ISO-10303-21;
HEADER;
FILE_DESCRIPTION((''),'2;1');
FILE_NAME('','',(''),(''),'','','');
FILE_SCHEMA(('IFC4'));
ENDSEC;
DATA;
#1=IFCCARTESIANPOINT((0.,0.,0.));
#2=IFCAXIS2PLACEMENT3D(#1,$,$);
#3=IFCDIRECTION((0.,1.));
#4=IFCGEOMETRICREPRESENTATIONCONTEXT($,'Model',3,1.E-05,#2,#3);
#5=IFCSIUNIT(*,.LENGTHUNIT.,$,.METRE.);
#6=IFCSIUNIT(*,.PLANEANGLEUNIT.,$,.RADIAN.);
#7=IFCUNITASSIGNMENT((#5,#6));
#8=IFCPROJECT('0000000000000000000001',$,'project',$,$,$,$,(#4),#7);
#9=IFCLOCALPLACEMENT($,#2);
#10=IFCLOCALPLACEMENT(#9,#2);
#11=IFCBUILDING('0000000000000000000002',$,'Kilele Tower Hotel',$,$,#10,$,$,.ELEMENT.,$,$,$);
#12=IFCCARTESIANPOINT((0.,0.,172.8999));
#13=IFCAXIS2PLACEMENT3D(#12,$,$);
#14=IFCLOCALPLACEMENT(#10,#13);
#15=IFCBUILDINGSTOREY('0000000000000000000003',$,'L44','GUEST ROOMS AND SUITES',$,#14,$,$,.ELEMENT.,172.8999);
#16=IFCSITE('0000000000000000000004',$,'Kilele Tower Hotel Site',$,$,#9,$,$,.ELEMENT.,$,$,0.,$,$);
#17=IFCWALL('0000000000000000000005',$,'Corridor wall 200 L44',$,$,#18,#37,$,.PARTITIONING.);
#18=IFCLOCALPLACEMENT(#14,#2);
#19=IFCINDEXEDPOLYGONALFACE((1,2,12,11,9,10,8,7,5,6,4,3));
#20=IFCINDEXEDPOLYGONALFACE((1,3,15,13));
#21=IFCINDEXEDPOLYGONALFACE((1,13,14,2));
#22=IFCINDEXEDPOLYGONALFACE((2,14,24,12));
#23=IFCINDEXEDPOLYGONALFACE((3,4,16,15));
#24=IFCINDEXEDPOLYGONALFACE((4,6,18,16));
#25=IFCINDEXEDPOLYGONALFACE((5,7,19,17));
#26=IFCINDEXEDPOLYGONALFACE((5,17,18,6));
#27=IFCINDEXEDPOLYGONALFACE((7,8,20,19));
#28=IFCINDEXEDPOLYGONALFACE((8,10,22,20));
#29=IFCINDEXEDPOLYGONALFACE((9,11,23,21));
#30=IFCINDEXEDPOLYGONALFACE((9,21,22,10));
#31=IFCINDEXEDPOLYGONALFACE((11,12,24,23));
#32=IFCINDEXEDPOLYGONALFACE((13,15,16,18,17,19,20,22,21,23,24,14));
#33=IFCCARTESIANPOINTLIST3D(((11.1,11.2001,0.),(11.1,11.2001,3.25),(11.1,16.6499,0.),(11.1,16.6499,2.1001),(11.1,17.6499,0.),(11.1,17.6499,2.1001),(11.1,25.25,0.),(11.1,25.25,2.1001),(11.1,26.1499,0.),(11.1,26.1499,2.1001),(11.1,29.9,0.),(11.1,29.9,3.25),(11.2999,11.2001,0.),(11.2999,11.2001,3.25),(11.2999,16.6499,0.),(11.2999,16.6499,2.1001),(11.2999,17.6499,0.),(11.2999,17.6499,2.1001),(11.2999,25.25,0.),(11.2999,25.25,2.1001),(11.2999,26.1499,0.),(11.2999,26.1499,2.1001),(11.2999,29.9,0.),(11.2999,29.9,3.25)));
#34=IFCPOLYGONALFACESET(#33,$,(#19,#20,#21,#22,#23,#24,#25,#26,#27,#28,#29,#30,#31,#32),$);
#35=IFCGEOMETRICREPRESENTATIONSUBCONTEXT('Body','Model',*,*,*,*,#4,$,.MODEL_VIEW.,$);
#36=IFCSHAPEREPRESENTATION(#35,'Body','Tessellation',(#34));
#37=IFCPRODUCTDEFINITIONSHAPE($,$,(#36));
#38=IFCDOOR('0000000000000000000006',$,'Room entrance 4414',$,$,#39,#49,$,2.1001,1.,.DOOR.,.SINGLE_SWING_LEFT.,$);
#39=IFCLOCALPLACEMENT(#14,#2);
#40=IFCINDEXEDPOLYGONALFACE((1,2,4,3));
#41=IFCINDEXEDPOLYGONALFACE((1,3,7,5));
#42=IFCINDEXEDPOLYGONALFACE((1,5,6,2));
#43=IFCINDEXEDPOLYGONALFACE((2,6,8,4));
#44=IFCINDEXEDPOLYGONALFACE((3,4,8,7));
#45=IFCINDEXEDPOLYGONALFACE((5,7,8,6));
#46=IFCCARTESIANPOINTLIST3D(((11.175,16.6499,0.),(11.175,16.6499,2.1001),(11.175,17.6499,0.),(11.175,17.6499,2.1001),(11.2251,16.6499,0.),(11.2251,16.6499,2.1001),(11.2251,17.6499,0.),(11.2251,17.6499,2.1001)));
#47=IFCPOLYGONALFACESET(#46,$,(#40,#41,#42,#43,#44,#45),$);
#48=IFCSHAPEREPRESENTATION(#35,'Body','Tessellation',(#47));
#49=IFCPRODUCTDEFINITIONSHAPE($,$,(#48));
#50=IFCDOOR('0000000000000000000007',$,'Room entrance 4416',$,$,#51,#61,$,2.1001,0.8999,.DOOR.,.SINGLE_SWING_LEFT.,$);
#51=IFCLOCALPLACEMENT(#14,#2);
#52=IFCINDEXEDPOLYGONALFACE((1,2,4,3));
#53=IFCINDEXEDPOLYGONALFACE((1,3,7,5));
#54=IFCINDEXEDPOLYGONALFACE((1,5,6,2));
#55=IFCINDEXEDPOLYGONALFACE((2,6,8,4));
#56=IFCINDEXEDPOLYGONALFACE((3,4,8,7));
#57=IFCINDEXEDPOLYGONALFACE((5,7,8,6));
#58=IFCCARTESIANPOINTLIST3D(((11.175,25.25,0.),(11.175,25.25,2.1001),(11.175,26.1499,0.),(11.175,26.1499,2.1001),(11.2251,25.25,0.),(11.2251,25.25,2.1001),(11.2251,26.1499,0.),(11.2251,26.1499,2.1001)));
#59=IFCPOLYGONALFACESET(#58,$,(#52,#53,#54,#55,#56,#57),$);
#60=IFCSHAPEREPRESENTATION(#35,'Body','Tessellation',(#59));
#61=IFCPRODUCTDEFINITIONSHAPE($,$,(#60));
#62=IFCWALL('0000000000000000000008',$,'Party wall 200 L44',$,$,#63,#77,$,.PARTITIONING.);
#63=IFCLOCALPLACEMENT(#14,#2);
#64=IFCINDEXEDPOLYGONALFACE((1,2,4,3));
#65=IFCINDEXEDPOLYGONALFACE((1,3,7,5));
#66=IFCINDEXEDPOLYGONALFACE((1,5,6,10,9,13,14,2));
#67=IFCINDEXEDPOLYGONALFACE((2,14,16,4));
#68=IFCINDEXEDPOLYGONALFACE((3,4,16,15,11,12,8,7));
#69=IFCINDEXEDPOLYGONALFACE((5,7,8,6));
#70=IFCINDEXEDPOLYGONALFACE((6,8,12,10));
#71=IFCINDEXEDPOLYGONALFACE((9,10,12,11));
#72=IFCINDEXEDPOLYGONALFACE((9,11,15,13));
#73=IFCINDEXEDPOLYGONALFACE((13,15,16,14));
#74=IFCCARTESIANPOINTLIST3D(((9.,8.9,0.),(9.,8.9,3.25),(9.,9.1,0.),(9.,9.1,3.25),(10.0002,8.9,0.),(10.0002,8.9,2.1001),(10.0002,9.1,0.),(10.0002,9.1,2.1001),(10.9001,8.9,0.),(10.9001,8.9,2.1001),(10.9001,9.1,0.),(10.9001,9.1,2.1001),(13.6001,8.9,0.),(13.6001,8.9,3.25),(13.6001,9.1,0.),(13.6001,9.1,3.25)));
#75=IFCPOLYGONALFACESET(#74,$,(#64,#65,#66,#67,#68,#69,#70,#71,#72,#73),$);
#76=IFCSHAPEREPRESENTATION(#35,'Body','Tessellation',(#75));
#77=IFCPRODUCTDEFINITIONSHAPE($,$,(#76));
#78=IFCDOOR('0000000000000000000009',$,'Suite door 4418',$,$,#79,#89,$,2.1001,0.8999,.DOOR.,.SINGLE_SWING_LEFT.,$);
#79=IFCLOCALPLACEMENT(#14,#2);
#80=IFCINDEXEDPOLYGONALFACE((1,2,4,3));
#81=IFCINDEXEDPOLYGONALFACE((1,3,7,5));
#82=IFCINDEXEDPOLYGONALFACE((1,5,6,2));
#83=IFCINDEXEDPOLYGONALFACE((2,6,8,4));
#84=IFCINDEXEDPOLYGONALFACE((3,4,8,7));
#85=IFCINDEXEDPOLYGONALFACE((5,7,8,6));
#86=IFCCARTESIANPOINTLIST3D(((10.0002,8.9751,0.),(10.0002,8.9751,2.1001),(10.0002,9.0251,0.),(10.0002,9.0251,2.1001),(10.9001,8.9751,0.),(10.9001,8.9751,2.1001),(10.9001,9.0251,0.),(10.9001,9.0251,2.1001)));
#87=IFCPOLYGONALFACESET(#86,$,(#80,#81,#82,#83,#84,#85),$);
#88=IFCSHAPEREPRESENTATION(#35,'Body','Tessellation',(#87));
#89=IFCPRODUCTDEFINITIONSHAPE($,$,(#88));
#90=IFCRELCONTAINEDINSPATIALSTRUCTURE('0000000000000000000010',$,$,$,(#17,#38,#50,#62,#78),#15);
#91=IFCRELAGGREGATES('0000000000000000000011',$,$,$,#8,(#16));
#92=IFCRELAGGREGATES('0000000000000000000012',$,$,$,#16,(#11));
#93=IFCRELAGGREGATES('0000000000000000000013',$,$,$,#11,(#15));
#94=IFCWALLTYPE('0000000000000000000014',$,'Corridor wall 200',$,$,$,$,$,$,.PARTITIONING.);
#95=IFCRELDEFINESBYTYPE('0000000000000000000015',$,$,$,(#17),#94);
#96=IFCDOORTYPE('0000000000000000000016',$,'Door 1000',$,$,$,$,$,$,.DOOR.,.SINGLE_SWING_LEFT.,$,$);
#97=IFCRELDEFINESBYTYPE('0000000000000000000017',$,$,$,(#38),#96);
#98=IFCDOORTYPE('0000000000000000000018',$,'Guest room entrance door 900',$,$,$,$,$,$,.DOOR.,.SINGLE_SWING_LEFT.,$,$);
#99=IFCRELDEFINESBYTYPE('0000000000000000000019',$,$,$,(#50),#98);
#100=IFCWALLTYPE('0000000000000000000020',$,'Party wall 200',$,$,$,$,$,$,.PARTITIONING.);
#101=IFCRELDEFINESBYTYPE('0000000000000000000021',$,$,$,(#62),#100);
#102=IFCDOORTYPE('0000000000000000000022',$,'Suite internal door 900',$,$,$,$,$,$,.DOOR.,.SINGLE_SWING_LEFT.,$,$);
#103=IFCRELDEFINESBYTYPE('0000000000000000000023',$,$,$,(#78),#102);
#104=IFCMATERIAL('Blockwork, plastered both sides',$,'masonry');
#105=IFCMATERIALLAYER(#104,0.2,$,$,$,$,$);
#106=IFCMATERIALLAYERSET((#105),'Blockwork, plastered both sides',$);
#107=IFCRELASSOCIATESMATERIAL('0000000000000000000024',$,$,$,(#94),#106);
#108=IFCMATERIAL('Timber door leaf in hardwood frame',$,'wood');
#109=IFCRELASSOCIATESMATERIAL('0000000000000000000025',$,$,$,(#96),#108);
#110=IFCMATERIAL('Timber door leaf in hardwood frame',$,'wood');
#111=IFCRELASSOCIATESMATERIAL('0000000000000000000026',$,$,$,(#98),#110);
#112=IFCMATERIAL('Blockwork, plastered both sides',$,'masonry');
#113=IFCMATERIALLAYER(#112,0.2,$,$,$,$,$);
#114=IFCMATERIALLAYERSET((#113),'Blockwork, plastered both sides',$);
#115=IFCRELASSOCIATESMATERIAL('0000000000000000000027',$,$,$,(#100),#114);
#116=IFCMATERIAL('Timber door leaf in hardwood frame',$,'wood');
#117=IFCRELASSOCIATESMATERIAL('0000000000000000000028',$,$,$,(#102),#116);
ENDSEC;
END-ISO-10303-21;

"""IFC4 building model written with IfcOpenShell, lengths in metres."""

from ifc_helpers import new_model, si_unit, direction, frame, frame_2d, origin, place, context, subcontext, project, spatial, rectangle, extrude, material, layer, layer_set, type_object, element, fill, save


model = new_model("IFC4")

# Units and contexts
model_context = context("Model", 3, precision=1e-05, world=origin(), true_north=direction((0.0, 1.0)))
body_context = subcontext(model_context, "Body", "Model", "MODEL_VIEW")
ifc_project = project(units=[si_unit("LENGTHUNIT", "METRE"), si_unit("PLANEANGLEUNIT", "RADIAN")], contexts=[model_context])

# Site, building, storey
site_placement = place(None, origin())
site = spatial("IfcSite", under=ifc_project, at=site_placement, Name="Kilele Tower Hotel Site", CompositionType="ELEMENT", RefElevation=0.0)
building_placement = place(site_placement, origin())
building = spatial("IfcBuilding", under=site, at=building_placement, Name="Kilele Tower Hotel", CompositionType="ELEMENT")
storey_placement = place(building_placement, frame((0.0, 0.0, 172.8999)))
storey = spatial("IfcBuildingStorey", under=building, at=storey_placement, Name="L44", Description="GUEST ROOMS AND SUITES", CompositionType="ELEMENT", Elevation=172.8999)

# Wall, openings, doors
ifc_material_1 = material(Name="Blockwork, plastered both sides", Category="masonry")
ifc_layer_1 = layer(ifc_material_1, 0.2)
ifc_layer_set_1 = layer_set([ifc_layer_1], Name="Blockwork, plastered both sides")
wall_type_1 = type_object("IfcWallType", Name="Corridor wall 200", PredefinedType="PARTITIONING", material=ifc_layer_set_1)
wall_1_placement = place(storey_placement, frame((11.2, 11.2, 0.0), z_axis=(0.0, 0.0, 1.0), x_axis=(0.0, 1.0, 0.0)))
wall_1 = element("IfcWall", 1, at=wall_1_placement, inside=storey, type_object=wall_type_1, Name="Corridor wall 200 L44", PredefinedType="PARTITIONING", context=body_context, shape_type="SweptSolid", body=[
    extrude(rectangle(XDim=18.7, YDim=0.2, at=frame_2d((9.3501, 0.0))), origin(), (0.0, 0.0, 1.0), 3.25),
])
opening_1_placement = place(wall_1_placement, frame((5.45, 0.0, 0.0)))
opening_1 = element("IfcOpeningElement", 2, at=opening_1_placement, cuts=wall_1, PredefinedType="OPENING", context=body_context, shape_type="SweptSolid", body=[
    extrude(rectangle(XDim=1.0, YDim=2.1001, at=frame_2d((0.5, 1.05))), frame((0.0, 0.1099, 0.0), z_axis=(0.0, -1.0, 0.0), x_axis=(1.0, 0.0, 0.0)), (0.0, 0.0, 1.0), 0.22),
])
opening_2_placement = place(wall_1_placement, frame((14.05, 0.0, 0.0)))
opening_2 = element("IfcOpeningElement", 3, at=opening_2_placement, cuts=wall_1, PredefinedType="OPENING", context=body_context, shape_type="SweptSolid", body=[
    extrude(rectangle(XDim=0.8999, YDim=2.1001, at=frame_2d((0.45, 1.05))), frame((0.0, 0.1099, 0.0), z_axis=(0.0, -1.0, 0.0), x_axis=(1.0, 0.0, 0.0)), (0.0, 0.0, 1.0), 0.22),
])
ifc_material_2 = material(Name="Timber door leaf in hardwood frame", Category="wood")
door_type_1 = type_object("IfcDoorType", Name="Door 1000", OperationType="SINGLE_SWING_LEFT", PredefinedType="DOOR", material=ifc_material_2)
door_1_placement = place(opening_1_placement, origin())
door_1 = element("IfcDoor", 4, at=door_1_placement, inside=storey, type_object=door_type_1, Name="Room entrance 4414", OperationType="SINGLE_SWING_LEFT", OverallHeight=2.1001, OverallWidth=1.0, PredefinedType="DOOR", context=body_context, shape_type="SweptSolid", body=[
    extrude(rectangle(XDim=1.0, YDim=2.1001, at=frame_2d((0.5, 1.05))), frame((0.0, 0.0249, 0.0), z_axis=(0.0, -1.0, 0.0), x_axis=(1.0, 0.0, 0.0)), (0.0, 0.0, 1.0), 0.05),
])
fill(opening_1, door_1)
ifc_material_3 = material(Name="Timber door leaf in hardwood frame", Category="wood")
door_type_2 = type_object("IfcDoorType", Name="Guest room entrance door 900", OperationType="SINGLE_SWING_LEFT", PredefinedType="DOOR", material=ifc_material_3)
door_2_placement = place(opening_2_placement, origin())
door_2 = element("IfcDoor", 5, at=door_2_placement, inside=storey, type_object=door_type_2, Name="Room entrance 4416", OperationType="SINGLE_SWING_LEFT", OverallHeight=2.1001, OverallWidth=0.8999, PredefinedType="DOOR", context=body_context, shape_type="SweptSolid", body=[
    extrude(rectangle(XDim=0.8999, YDim=2.1001, at=frame_2d((0.45, 1.05))), frame((0.0, 0.0249, 0.0), z_axis=(0.0, -1.0, 0.0), x_axis=(1.0, 0.0, 0.0)), (0.0, 0.0, 1.0), 0.05),
])
fill(opening_2, door_2)

# Wall, opening, door
ifc_material_4 = material(Name="Blockwork, plastered both sides", Category="masonry")
ifc_layer_2 = layer(ifc_material_4, 0.2)
ifc_layer_set_2 = layer_set([ifc_layer_2], Name="Blockwork, plastered both sides")
wall_type_2 = type_object("IfcWallType", Name="Party wall 200", PredefinedType="PARTITIONING", material=ifc_layer_set_2)
wall_2_placement = place(storey_placement, frame((13.6001, 9.0, 0.0), z_axis=(0.0, 0.0, 1.0), x_axis=(-1.0, 0.0, 0.0)))
wall_2 = element("IfcWall", 6, at=wall_2_placement, inside=storey, type_object=wall_type_2, Name="Party wall 200 L44", PredefinedType="PARTITIONING", context=body_context, shape_type="SweptSolid", body=[
    extrude(rectangle(XDim=4.6001, YDim=0.2, at=frame_2d((2.3, 0.0))), origin(), (0.0, 0.0, 1.0), 3.25),
])
opening_3_placement = place(wall_2_placement, frame((2.7, 0.0, 0.0)))
opening_3 = element("IfcOpeningElement", 7, at=opening_3_placement, cuts=wall_2, PredefinedType="OPENING", context=body_context, shape_type="SweptSolid", body=[
    extrude(rectangle(XDim=0.8999, YDim=2.1001, at=frame_2d((0.45, 1.05))), frame((0.0, 0.1099, 0.0), z_axis=(0.0, -1.0, 0.0), x_axis=(1.0, 0.0, 0.0)), (0.0, 0.0, 1.0), 0.22),
])
ifc_material_5 = material(Name="Timber door leaf in hardwood frame", Category="wood")
door_type_3 = type_object("IfcDoorType", Name="Suite internal door 900", OperationType="SINGLE_SWING_LEFT", PredefinedType="DOOR", material=ifc_material_5)
door_3_placement = place(opening_3_placement, origin())
door_3 = element("IfcDoor", 8, at=door_3_placement, inside=storey, type_object=door_type_3, Name="Suite door 4418", OperationType="SINGLE_SWING_LEFT", OverallHeight=2.1001, OverallWidth=0.8999, PredefinedType="DOOR", context=body_context, shape_type="SweptSolid", body=[
    extrude(rectangle(XDim=0.8999, YDim=2.1001, at=frame_2d((0.45, 1.05))), frame((0.0, 0.0249, 0.0), z_axis=(0.0, -1.0, 0.0), x_axis=(1.0, 0.0, 0.0)), (0.0, 0.0, 1.0), 0.05),
])
fill(opening_3, door_3)

save(model, "model.ifc")
